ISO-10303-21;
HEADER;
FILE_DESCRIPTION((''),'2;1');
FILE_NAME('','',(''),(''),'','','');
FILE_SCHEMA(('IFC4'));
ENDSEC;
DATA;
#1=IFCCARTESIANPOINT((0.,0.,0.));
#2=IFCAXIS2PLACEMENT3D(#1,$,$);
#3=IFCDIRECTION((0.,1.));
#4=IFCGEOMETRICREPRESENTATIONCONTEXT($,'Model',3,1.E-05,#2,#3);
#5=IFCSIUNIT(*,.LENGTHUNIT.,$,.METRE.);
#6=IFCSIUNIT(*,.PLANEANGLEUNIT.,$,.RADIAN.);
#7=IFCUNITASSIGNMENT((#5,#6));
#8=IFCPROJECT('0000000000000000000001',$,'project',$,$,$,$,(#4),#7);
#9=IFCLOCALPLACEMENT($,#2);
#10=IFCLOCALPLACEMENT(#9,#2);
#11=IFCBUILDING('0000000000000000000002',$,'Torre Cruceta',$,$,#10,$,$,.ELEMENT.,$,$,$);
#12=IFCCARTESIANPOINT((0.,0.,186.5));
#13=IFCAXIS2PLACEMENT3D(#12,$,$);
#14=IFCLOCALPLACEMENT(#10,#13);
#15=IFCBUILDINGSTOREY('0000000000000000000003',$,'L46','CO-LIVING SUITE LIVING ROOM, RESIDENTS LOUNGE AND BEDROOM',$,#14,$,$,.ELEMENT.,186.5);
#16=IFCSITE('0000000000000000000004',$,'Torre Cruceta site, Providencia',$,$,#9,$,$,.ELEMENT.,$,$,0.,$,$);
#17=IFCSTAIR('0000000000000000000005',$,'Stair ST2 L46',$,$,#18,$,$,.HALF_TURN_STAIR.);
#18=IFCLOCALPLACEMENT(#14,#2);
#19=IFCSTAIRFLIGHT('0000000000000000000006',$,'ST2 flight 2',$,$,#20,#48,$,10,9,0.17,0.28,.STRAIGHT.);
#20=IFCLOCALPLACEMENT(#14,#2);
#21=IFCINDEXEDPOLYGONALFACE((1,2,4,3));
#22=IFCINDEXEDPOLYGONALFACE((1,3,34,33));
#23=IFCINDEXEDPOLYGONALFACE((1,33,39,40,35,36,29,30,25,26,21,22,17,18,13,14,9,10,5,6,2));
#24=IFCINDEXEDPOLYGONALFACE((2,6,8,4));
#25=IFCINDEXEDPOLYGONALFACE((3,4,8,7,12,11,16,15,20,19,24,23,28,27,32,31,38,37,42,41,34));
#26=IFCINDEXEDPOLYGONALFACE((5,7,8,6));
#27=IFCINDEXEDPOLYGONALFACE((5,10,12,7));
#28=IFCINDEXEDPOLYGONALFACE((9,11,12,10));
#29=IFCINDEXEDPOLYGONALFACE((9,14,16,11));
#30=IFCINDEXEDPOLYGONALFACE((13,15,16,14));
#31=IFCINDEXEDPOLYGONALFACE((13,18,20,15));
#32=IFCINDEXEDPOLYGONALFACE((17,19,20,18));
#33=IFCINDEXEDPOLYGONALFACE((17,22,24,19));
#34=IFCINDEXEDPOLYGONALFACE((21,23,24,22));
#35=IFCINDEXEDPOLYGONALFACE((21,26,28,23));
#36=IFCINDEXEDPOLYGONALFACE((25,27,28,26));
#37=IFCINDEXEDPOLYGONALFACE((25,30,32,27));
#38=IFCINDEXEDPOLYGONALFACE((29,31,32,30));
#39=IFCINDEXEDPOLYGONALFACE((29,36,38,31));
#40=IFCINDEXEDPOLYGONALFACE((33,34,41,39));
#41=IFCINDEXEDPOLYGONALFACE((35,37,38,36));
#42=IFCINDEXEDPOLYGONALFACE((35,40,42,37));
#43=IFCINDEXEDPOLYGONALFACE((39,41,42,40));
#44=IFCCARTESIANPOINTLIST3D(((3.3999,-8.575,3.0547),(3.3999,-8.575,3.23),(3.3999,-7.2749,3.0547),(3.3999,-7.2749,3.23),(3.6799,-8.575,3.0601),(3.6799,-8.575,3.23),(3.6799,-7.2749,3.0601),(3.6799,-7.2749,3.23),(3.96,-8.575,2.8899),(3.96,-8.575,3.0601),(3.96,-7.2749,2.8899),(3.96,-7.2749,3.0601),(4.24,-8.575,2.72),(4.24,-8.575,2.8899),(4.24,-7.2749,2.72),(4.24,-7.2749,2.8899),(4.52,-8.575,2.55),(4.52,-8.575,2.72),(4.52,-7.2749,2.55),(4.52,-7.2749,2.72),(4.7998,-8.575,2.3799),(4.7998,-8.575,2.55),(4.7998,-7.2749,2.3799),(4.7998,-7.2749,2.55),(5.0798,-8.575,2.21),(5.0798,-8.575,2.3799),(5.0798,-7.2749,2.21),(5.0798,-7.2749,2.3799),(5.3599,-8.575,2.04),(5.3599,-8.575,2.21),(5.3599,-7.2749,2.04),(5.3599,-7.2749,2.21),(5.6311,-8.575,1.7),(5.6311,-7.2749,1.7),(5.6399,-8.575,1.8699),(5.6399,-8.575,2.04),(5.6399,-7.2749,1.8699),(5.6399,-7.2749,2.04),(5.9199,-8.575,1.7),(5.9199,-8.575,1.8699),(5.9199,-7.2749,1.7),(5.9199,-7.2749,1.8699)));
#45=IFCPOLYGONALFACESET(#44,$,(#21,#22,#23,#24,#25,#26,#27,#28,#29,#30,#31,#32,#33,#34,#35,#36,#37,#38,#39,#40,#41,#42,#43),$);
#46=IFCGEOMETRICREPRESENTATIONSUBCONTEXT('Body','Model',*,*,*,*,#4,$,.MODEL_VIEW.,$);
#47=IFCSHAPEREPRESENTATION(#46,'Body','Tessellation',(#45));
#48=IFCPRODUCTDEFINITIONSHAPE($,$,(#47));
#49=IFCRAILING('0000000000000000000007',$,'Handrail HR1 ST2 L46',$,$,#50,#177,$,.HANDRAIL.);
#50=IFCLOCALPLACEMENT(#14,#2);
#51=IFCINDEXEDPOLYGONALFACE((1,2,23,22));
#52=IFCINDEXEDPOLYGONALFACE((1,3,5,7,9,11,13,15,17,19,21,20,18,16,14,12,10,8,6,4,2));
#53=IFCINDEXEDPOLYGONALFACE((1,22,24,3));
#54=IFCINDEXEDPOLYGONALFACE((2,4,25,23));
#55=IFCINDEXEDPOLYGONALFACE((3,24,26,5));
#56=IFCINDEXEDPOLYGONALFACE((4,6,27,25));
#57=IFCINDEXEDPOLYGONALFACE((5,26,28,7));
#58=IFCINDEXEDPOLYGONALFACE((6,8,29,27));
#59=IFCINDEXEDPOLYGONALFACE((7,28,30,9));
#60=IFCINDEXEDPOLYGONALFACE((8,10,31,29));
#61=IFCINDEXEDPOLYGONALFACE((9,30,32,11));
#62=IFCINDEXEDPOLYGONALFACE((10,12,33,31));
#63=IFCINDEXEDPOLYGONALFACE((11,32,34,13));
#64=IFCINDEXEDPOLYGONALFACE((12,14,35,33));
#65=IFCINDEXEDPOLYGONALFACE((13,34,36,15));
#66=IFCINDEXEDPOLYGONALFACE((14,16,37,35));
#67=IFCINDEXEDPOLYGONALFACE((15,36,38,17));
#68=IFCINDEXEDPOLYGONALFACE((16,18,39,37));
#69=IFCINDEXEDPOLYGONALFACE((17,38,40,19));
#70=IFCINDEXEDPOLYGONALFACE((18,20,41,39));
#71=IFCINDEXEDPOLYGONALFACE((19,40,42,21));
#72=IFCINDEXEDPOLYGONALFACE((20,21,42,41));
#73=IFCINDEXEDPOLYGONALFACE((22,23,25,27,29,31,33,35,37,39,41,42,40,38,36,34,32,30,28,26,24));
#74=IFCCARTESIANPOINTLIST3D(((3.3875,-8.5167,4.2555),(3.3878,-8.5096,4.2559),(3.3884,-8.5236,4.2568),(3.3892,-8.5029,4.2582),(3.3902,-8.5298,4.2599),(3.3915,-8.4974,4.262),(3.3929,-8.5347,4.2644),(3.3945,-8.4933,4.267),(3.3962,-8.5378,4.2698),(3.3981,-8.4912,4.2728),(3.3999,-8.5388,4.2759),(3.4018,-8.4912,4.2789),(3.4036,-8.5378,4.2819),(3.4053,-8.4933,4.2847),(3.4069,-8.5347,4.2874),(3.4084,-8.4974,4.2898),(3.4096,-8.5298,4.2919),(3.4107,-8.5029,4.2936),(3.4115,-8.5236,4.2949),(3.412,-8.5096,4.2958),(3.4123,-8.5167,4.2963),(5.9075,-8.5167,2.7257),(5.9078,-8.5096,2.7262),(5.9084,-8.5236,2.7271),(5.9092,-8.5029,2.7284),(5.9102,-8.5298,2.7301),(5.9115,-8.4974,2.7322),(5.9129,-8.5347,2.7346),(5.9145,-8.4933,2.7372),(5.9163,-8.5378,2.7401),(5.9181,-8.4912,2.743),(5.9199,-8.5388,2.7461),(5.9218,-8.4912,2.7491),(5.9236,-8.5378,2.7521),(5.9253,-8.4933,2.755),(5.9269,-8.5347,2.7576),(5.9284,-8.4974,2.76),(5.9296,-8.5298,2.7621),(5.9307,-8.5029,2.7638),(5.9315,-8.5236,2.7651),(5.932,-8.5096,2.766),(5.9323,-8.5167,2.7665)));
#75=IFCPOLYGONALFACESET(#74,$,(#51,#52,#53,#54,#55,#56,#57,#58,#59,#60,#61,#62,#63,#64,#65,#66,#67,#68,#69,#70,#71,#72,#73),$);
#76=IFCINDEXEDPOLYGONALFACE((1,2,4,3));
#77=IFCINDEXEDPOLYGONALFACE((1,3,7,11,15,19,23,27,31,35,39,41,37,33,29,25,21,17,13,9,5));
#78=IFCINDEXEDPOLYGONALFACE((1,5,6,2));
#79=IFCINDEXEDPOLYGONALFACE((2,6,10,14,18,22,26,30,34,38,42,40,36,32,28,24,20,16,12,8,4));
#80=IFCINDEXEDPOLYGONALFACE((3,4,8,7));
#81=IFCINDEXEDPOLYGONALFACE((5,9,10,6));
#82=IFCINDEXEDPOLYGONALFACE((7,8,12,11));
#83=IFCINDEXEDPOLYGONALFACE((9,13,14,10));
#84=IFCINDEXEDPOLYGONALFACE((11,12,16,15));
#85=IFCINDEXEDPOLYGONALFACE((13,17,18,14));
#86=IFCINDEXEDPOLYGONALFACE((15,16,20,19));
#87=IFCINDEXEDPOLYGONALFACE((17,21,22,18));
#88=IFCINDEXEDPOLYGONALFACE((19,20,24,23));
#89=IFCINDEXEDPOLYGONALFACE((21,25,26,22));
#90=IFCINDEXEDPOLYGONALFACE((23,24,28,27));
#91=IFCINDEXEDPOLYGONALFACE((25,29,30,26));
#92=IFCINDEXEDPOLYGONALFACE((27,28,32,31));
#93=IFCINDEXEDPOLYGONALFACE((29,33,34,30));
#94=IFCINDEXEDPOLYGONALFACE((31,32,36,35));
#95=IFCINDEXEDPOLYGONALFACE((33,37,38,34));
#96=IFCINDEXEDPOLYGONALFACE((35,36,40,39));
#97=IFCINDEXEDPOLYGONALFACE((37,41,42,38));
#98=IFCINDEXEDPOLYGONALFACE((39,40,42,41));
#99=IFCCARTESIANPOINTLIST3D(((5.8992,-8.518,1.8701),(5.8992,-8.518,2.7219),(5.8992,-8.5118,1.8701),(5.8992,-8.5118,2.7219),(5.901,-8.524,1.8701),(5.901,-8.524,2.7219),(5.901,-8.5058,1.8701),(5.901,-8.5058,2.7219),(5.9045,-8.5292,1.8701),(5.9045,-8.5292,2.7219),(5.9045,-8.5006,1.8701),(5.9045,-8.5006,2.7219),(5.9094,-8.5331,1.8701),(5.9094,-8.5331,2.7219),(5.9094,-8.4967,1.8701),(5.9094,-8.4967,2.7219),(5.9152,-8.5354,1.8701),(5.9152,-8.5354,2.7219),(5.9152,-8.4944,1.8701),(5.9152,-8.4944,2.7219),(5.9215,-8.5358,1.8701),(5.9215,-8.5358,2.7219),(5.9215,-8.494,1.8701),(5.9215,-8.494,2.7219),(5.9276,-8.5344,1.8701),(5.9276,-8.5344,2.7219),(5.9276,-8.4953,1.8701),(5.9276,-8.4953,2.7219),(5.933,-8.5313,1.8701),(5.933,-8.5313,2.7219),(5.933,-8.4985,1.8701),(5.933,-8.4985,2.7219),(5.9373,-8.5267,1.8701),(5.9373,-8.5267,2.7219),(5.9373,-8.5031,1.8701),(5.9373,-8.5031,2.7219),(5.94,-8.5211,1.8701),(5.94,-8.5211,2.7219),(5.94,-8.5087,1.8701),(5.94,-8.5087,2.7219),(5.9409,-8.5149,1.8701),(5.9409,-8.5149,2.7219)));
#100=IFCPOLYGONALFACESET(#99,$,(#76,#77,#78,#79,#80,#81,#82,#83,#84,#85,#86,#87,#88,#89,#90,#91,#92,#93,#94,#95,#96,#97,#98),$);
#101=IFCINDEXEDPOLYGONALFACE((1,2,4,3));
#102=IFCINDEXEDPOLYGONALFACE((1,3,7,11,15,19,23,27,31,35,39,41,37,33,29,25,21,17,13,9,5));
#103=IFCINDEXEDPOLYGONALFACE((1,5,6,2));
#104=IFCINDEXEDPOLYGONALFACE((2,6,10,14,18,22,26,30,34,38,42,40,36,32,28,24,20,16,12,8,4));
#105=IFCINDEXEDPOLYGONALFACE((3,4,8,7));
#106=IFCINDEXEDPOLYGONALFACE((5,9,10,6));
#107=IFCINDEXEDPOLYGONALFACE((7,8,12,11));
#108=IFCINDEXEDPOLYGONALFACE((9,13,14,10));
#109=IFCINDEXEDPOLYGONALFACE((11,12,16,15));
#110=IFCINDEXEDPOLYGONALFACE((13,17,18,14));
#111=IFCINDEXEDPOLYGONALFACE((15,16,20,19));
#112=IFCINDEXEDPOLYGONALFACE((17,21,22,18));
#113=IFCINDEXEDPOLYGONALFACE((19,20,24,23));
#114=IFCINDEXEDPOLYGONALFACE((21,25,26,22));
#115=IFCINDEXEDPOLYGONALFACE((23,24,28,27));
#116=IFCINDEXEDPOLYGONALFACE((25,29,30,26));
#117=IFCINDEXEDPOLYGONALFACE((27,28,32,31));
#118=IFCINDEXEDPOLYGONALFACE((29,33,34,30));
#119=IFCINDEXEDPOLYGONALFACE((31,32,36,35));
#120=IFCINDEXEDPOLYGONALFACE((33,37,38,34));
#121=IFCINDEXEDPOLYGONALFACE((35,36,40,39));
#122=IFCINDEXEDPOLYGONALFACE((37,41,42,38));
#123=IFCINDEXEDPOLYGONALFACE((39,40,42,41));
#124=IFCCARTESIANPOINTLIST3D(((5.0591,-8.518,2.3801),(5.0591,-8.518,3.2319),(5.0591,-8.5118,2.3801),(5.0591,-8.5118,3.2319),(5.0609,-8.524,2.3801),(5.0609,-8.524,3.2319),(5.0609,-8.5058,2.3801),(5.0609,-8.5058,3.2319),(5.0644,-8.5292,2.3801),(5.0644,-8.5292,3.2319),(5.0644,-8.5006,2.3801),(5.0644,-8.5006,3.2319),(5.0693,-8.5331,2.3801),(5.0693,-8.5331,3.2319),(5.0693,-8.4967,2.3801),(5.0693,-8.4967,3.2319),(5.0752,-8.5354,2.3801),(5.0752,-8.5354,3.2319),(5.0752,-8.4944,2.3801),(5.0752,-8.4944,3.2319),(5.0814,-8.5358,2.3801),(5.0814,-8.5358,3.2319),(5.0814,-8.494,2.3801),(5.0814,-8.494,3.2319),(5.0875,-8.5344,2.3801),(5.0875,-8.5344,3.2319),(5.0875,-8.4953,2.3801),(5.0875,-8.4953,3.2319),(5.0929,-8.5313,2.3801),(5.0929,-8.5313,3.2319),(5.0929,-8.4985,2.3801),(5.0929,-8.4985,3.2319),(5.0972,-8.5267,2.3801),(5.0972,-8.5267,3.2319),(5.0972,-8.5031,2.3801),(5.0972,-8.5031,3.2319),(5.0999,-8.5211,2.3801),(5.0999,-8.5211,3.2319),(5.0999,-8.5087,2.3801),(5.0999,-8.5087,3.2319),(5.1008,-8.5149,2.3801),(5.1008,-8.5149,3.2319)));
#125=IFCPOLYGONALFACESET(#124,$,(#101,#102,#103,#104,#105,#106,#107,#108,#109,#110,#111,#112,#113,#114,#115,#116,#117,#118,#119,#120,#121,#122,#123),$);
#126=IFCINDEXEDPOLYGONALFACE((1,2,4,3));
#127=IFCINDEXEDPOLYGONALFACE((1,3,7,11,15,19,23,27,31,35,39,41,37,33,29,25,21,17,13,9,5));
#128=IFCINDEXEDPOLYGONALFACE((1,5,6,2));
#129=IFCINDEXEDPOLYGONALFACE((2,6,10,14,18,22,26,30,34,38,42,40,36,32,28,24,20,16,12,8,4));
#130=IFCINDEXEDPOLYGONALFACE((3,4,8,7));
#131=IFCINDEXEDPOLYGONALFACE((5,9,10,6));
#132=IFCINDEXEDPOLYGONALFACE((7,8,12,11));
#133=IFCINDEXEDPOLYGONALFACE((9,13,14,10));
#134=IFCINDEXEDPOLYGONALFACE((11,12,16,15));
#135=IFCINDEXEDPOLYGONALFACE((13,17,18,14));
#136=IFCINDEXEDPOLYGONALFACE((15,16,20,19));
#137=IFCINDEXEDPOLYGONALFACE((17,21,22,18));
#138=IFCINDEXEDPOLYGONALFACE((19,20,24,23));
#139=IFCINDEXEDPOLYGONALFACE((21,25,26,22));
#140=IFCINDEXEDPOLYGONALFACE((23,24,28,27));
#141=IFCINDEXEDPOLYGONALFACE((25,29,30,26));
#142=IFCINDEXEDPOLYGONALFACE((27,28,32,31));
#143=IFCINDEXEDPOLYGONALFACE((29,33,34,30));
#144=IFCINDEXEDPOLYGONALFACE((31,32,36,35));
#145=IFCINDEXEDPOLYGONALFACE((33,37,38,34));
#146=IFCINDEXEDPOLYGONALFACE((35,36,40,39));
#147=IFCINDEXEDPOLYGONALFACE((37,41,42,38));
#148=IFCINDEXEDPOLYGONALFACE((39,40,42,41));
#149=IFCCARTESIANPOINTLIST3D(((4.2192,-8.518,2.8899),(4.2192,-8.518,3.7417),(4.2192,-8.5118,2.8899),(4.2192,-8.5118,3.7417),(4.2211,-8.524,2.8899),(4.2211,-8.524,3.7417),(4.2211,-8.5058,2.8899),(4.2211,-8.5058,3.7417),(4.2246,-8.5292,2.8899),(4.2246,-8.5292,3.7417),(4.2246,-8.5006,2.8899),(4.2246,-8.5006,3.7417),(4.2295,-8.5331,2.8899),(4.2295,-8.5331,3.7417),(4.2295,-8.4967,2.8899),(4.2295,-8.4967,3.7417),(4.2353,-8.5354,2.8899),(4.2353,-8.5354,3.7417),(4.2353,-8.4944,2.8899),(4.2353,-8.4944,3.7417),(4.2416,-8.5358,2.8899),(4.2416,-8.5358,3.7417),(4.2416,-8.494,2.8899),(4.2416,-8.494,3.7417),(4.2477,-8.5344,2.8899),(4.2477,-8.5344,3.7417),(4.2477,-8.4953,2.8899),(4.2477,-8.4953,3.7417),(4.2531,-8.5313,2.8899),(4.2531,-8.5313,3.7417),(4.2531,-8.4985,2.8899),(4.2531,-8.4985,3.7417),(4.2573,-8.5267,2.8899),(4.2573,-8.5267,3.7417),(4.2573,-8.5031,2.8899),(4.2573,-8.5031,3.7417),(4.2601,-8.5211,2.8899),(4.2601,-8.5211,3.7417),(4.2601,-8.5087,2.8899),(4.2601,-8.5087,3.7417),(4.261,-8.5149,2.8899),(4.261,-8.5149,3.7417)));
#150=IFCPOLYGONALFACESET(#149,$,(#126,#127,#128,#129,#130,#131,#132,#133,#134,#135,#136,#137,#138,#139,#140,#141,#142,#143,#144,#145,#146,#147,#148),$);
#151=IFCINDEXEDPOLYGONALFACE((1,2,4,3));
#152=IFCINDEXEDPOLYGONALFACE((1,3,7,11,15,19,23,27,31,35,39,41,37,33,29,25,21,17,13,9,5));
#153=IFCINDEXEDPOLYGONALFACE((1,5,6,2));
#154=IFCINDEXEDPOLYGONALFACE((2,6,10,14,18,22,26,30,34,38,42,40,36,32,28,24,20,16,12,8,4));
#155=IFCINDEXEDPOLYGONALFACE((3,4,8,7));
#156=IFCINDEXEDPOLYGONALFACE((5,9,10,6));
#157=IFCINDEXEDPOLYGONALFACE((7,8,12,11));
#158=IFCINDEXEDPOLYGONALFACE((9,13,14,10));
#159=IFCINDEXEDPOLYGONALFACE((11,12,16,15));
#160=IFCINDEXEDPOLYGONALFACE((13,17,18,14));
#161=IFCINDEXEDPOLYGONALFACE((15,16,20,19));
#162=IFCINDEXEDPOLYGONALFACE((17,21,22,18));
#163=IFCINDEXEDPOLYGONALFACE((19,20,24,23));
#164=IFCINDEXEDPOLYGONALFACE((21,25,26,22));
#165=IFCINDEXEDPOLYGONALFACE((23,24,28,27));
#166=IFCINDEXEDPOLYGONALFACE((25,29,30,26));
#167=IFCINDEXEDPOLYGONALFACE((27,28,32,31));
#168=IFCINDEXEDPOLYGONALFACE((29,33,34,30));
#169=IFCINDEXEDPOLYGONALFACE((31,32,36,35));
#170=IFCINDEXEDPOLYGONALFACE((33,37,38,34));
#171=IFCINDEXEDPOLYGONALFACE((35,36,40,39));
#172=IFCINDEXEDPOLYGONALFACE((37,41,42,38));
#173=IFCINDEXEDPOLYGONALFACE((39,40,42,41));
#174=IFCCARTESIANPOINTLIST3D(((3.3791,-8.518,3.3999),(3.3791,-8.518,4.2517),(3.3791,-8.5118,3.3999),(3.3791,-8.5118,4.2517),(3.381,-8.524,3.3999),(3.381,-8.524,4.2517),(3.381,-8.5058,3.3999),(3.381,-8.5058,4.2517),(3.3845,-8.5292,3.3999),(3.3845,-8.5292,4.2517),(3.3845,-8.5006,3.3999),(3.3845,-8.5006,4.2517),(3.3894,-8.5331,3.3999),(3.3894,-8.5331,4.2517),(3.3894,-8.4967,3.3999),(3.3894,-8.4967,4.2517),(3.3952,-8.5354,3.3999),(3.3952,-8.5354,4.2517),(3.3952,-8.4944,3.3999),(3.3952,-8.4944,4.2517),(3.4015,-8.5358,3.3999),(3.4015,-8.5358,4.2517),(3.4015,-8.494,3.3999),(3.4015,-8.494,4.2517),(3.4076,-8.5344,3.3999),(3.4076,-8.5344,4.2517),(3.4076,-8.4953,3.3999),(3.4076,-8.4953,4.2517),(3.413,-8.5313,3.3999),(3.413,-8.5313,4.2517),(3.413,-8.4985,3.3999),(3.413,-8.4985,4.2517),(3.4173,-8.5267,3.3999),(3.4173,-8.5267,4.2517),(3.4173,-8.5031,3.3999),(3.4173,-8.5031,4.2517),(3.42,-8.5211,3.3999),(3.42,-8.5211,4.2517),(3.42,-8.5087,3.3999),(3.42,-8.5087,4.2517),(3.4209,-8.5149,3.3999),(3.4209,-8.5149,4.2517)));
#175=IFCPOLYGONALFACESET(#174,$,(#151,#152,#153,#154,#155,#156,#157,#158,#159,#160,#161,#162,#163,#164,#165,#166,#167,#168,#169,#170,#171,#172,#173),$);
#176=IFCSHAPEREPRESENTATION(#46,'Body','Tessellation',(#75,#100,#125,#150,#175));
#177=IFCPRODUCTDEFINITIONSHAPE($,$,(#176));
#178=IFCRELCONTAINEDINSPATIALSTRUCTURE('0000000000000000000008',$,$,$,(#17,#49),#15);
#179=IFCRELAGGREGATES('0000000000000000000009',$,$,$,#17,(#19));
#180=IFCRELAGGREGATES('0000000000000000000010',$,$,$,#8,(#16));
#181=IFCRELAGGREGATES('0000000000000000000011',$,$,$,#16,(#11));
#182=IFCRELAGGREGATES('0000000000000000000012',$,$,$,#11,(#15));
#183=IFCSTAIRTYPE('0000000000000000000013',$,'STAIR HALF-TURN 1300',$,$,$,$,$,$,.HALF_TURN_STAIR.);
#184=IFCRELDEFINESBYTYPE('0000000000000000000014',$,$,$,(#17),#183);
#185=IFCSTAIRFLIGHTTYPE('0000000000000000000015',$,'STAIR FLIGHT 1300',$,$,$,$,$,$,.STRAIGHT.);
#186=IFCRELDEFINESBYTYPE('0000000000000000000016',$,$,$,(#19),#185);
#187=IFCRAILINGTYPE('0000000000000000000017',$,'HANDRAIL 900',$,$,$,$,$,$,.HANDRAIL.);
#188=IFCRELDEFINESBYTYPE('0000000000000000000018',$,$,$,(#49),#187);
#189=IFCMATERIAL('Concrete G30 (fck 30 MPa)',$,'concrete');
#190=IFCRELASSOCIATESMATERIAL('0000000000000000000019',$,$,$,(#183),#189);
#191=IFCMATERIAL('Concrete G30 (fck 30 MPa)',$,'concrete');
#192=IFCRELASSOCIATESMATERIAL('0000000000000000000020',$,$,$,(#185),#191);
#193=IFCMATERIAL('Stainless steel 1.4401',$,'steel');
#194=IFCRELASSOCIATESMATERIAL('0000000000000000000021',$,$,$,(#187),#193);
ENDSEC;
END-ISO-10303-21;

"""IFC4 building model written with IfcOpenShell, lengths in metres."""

from ifc_helpers import new_model, si_unit, direction, frame, origin, origin_2d, place, context, subcontext, project, spatial, polyline, circle, outline, extrude, material, type_object, element, aggregate, save


model = new_model("IFC4")

# Units and contexts
model_context = context("Model", 3, precision=1e-05, world=origin(), true_north=direction((0.0, 1.0)))
body_context = subcontext(model_context, "Body", "Model", "MODEL_VIEW")
ifc_project = project(units=[si_unit("LENGTHUNIT", "METRE"), si_unit("PLANEANGLEUNIT", "RADIAN")], contexts=[model_context])

# Site, building, storey
site_placement = place(None, origin())
site = spatial("IfcSite", under=ifc_project, at=site_placement, Name="Torre Cruceta site, Providencia", CompositionType="ELEMENT", RefElevation=0.0)
building_placement = place(site_placement, origin())
building = spatial("IfcBuilding", under=site, at=building_placement, Name="Torre Cruceta", CompositionType="ELEMENT")
storey_placement = place(building_placement, frame((0.0, 0.0, 186.5)))
storey = spatial("IfcBuildingStorey", under=building, at=storey_placement, Name="L46", Description="CO-LIVING SUITE LIVING ROOM, RESIDENTS LOUNGE AND BEDROOM", CompositionType="ELEMENT", Elevation=186.5)

# Stair, stair flight
ifc_material_1 = material(Name="Concrete G30 (fck 30 MPa)", Category="concrete")
stair_type = type_object("IfcStairType", Name="STAIR HALF-TURN 1300", PredefinedType="HALF_TURN_STAIR", material=ifc_material_1)
stair_placement = place(storey_placement, origin())
stair = element("IfcStair", 1, at=stair_placement, inside=storey, type_object=stair_type, Name="Stair ST2 L46", PredefinedType="HALF_TURN_STAIR")
ifc_material_2 = material(Name="Concrete G30 (fck 30 MPa)", Category="concrete")
stair_flight_type = type_object("IfcStairFlightType", Name="STAIR FLIGHT 1300", PredefinedType="STRAIGHT", material=ifc_material_2)
stair_flight_1_placement = place(storey_placement, frame((5.9199, -7.925, 1.7), z_axis=(0.0, 0.0, 1.0), x_axis=(-1.0, 0.0, 0.0)))
stair_flight_1 = element("IfcStairFlight", 2, at=stair_flight_1_placement, type_object=stair_flight_type, Name="ST2 flight 2", NumberOfRisers=10, NumberOfTreads=9, PredefinedType="STRAIGHT", RiserHeight=0.17, TreadLength=0.28, context=body_context, shape_type="SweptSolid", body=[
    extrude(outline(polyline([(0.0, 0.0), (0.0, 0.1699), (0.28, 0.1699), (0.28, 0.3401), (0.5601, 0.3401), (0.5601, 0.51), (0.8401, 0.51), (0.8401, 0.6799), (1.1201, 0.6799), (1.1201, 0.8501), (1.3999, 0.8501), (1.3999, 1.02), (1.6799, 1.02), (1.6799, 1.1899), (1.96, 1.1899), (1.96, 1.3601), (2.24, 1.3601), (2.24, 1.53), (2.52, 1.53), (2.52, 1.7), (2.52, 1.3547), (0.2888, 0.0), (0.0, 0.0)])), frame((0.0, 0.6499, 0.0), z_axis=(0.0, -1.0, 0.0), x_axis=(1.0, 0.0, 0.0)), (0.0, 0.0, 1.0), 1.3),
])
aggregate(stair, [stair_flight_1])

# Railing
ifc_material_3 = material(Name="Stainless steel 1.4401", Category="steel")
railing_type = type_object("IfcRailingType", Name="HANDRAIL 900", PredefinedType="HANDRAIL", material=ifc_material_3)
railing_1_placement = place(storey_placement, frame((5.9199, -8.5149, 1.8701)))
element("IfcRailing", 3, at=railing_1_placement, inside=storey, type_object=railing_type, Name="Handrail HR1 ST2 L46", PredefinedType="HANDRAIL", context=body_context, shape_type="SweptSolid", body=[
    extrude(circle(Radius=0.0239, at=origin_2d()), frame((0.0, 0.0, 0.876), z_axis=(-0.854822, 0.0, 0.518922), x_axis=(0.0, -1.0, 0.0)), (0.0, 0.0, 1.0), 2.948),
    extrude(circle(Radius=0.021, at=origin_2d()), origin(), (0.0, 0.0, 1.0), 0.8518),
    extrude(circle(Radius=0.021, at=origin_2d()), frame((-0.8401, 0.0, 0.51)), (0.0, 0.0, 1.0), 0.8518),
    extrude(circle(Radius=0.021, at=origin_2d()), frame((-1.6799, 0.0, 1.0198)), (0.0, 0.0, 1.0), 0.8518),
    extrude(circle(Radius=0.021, at=origin_2d()), frame((-2.52, 0.0, 1.5298)), (0.0, 0.0, 1.0), 0.8518),
])

save(model, "model.ifc")
